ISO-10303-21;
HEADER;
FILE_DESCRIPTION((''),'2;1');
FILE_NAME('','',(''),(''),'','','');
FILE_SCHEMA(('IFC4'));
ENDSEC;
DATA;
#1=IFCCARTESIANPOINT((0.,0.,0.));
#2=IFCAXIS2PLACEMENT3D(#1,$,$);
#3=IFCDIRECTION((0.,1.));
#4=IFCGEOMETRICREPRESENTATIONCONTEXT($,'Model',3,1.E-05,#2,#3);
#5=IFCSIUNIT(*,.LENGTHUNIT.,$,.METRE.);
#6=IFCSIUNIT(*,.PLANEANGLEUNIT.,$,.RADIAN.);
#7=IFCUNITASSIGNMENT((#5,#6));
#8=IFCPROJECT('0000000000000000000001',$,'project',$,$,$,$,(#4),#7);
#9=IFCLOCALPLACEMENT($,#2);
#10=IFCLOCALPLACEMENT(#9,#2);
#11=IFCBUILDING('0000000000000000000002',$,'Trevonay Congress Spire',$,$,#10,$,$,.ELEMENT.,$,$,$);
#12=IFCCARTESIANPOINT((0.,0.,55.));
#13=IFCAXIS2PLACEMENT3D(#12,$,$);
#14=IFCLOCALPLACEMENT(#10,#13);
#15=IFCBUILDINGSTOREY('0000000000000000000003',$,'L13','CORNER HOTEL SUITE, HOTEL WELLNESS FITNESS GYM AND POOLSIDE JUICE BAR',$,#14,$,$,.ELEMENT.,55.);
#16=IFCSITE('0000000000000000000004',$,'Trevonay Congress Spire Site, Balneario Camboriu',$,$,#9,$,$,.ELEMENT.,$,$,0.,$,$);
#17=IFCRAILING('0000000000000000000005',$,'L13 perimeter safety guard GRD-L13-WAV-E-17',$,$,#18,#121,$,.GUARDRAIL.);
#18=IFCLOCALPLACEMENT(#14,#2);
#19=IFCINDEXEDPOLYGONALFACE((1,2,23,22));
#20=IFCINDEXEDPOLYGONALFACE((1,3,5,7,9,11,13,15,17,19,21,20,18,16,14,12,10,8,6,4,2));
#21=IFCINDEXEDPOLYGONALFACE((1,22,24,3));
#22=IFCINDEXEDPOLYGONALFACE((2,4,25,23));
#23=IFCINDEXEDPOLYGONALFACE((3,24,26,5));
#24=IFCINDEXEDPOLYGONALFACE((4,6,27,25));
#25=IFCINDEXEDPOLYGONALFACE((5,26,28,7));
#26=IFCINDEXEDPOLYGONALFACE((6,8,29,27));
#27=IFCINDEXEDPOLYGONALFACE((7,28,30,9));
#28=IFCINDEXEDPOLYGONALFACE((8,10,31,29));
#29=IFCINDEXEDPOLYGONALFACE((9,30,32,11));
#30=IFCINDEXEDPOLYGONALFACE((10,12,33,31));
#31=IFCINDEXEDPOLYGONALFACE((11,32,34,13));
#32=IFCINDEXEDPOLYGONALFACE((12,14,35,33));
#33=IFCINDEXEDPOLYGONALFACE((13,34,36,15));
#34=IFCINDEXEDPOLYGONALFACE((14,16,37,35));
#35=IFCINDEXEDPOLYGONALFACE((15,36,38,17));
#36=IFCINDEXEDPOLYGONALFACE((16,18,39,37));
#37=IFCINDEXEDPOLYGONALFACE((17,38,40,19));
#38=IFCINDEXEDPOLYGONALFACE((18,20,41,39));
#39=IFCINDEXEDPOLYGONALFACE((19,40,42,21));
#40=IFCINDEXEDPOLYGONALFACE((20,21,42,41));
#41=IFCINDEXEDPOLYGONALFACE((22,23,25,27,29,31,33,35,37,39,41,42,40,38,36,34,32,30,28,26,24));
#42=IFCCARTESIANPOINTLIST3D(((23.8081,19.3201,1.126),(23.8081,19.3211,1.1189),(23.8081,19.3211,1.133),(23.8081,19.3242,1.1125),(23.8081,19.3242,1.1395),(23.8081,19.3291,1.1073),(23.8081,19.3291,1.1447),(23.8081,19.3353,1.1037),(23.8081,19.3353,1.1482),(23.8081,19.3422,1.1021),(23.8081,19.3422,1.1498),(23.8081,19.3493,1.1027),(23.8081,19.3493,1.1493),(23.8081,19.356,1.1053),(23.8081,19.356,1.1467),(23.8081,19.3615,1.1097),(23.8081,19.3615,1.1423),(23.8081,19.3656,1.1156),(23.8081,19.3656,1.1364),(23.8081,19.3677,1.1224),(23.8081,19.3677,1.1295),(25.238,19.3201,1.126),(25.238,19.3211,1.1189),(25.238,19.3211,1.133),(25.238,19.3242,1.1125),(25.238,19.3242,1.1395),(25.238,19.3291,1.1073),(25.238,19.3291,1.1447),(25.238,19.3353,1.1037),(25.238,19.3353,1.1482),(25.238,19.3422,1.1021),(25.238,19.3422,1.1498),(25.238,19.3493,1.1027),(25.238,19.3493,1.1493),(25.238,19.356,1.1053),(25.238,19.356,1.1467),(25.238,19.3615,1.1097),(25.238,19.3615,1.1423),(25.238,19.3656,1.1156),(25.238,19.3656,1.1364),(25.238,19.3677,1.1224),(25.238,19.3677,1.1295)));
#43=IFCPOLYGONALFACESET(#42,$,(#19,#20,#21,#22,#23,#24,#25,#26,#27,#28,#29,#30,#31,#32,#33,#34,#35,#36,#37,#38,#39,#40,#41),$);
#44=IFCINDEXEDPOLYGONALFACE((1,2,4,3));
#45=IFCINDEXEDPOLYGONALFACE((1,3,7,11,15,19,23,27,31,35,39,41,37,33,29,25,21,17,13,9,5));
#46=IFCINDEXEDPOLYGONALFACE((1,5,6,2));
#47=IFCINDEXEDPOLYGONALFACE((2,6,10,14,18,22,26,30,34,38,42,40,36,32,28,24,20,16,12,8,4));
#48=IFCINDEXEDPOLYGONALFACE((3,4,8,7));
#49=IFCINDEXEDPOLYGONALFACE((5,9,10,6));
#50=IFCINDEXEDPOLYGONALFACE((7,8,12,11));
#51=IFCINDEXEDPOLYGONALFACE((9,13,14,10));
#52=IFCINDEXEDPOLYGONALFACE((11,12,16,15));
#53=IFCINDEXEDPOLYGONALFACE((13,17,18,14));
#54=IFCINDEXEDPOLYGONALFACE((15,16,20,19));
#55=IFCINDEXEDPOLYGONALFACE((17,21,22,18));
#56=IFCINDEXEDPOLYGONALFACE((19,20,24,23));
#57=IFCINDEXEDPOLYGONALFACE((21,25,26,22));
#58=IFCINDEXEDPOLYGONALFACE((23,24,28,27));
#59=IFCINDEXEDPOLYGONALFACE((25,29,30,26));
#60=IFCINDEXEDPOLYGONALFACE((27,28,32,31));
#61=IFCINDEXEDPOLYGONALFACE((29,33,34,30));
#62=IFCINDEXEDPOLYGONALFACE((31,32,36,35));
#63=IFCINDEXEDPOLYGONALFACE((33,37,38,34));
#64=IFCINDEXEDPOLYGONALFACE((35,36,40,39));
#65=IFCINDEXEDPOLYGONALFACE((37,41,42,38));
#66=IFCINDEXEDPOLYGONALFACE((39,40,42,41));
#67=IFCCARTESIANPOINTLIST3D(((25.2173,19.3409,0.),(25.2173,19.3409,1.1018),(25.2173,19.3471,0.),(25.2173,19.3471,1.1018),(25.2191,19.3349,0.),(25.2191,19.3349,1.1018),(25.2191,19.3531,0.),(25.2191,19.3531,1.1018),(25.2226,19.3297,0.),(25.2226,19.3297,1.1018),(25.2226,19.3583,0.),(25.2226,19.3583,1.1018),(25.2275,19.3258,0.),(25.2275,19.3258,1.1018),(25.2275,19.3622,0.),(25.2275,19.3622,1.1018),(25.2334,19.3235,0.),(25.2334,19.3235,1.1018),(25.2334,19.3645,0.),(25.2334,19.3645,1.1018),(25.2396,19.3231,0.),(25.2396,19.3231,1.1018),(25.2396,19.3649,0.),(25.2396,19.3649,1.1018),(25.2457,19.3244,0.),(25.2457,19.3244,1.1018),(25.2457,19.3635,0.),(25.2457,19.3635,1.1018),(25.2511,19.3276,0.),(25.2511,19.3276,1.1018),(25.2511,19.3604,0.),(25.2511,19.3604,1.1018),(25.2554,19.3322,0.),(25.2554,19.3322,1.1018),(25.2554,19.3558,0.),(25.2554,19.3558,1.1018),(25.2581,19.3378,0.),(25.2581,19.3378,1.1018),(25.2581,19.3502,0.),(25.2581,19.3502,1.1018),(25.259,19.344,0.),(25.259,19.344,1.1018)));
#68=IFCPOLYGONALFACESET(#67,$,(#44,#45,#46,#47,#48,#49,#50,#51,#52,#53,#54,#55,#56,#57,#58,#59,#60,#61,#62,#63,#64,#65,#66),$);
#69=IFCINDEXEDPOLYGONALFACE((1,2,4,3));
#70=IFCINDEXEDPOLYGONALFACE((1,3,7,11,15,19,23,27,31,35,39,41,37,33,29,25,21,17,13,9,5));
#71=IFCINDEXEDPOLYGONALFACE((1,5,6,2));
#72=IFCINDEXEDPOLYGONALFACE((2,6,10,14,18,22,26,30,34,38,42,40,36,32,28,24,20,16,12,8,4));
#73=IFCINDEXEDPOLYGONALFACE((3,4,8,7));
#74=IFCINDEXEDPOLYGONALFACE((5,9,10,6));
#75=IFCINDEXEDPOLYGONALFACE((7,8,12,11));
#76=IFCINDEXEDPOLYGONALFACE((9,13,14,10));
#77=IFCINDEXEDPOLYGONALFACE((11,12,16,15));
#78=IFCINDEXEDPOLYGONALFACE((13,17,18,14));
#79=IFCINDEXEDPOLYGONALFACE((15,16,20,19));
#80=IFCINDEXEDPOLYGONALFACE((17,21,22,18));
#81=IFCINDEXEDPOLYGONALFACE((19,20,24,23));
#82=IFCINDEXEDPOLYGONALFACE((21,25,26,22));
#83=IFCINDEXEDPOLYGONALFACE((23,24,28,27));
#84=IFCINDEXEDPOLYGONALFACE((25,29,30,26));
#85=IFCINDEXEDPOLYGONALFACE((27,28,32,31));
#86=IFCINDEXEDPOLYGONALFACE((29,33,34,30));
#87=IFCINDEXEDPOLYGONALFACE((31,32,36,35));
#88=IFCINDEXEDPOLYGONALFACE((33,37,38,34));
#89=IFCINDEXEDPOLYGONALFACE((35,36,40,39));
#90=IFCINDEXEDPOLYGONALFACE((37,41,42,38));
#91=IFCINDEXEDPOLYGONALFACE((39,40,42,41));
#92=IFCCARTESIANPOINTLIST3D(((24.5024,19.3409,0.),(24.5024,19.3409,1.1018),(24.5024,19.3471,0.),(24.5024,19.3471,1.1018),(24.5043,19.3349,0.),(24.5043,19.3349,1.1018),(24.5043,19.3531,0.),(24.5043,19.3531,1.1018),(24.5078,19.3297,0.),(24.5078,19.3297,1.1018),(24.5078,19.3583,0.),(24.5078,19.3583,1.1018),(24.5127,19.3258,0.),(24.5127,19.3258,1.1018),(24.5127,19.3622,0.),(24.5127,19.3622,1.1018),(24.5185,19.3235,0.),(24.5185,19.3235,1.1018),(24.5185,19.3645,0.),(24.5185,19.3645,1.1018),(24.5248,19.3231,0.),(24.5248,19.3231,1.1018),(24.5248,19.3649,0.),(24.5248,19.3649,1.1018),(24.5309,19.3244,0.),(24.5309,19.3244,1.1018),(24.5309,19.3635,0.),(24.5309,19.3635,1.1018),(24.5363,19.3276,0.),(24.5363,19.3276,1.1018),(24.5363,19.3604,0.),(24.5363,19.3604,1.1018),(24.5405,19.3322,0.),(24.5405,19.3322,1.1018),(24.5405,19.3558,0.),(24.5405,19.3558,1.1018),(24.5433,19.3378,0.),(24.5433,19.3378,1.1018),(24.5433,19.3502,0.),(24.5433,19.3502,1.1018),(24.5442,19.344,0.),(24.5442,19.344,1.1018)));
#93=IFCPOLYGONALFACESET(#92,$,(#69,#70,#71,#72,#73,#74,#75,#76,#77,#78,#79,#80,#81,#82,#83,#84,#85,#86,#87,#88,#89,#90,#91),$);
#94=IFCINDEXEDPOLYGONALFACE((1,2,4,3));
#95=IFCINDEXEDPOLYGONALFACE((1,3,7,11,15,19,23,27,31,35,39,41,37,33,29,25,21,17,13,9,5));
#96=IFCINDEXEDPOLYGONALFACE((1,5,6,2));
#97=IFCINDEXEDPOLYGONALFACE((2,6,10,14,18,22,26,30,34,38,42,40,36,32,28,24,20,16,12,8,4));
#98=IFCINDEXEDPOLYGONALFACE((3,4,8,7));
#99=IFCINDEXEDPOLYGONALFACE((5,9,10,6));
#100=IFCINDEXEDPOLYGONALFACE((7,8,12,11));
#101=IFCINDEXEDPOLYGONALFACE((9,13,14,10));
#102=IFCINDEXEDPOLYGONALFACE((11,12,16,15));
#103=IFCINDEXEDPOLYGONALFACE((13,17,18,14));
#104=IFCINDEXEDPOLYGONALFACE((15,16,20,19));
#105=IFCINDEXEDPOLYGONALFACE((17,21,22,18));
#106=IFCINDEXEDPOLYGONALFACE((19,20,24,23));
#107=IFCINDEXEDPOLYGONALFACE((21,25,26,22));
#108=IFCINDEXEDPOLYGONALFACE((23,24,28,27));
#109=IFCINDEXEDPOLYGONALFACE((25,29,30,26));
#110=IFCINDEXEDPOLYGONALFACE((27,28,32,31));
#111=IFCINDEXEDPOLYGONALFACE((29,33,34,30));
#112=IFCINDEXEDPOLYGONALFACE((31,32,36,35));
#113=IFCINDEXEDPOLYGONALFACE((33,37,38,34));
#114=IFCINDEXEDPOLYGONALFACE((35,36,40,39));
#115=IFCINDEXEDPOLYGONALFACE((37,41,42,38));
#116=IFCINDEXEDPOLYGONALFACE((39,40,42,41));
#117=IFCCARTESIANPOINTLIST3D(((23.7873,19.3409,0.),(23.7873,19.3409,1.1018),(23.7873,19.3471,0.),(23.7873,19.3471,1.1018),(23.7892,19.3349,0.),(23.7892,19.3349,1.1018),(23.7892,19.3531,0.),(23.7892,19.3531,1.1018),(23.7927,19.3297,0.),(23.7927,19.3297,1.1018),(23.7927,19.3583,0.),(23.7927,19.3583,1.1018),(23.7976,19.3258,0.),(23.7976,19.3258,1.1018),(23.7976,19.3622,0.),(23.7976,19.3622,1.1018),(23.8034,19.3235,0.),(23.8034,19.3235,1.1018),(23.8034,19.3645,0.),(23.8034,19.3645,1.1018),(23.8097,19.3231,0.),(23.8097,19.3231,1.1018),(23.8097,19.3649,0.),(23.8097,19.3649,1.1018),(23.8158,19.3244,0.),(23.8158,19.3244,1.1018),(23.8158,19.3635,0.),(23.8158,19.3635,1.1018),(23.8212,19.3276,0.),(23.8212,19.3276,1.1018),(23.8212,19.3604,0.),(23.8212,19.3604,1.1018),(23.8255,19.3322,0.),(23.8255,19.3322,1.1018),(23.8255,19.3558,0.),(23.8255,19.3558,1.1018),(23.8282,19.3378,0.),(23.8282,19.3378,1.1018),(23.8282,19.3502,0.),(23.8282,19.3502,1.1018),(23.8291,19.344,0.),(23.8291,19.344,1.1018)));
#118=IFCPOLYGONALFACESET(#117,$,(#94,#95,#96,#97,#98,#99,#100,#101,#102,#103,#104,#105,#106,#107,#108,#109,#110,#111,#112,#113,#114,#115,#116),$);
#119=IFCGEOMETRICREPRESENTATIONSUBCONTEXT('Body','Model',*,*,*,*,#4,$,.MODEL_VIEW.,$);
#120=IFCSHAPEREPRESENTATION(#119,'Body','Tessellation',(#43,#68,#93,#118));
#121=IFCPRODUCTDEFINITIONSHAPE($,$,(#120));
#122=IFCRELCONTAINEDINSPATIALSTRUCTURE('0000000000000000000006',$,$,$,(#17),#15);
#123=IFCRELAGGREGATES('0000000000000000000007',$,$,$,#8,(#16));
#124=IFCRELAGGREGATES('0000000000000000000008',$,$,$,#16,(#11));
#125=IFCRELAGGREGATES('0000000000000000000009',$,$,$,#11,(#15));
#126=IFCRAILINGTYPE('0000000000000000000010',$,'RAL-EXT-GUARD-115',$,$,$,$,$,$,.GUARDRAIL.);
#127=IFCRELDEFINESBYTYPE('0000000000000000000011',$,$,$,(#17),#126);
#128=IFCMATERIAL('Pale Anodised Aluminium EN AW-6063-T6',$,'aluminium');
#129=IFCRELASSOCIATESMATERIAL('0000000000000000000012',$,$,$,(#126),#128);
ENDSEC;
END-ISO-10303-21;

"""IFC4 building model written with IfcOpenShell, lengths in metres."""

from ifc_helpers import new_model, si_unit, direction, frame, origin, origin_2d, place, context, subcontext, project, spatial, circle, extrude, material, type_object, element, save


model = new_model("IFC4")

# Units and contexts
model_context = context("Model", 3, precision=1e-05, world=origin(), true_north=direction((0.0, 1.0)))
body_context = subcontext(model_context, "Body", "Model", "MODEL_VIEW")
ifc_project = project(units=[si_unit("LENGTHUNIT", "METRE"), si_unit("PLANEANGLEUNIT", "RADIAN")], contexts=[model_context])

# Site, building, storey
site_placement = place(None, origin())
site = spatial("IfcSite", under=ifc_project, at=site_placement, Name="Trevonay Congress Spire Site, Balneario Camboriu", CompositionType="ELEMENT", RefElevation=0.0)
building_placement = place(site_placement, origin())
building = spatial("IfcBuilding", under=site, at=building_placement, Name="Trevonay Congress Spire", CompositionType="ELEMENT")
storey_placement = place(building_placement, frame((0.0, 0.0, 55.0)))
storey = spatial("IfcBuildingStorey", under=building, at=storey_placement, Name="L13", Description="CORNER HOTEL SUITE, HOTEL WELLNESS FITNESS GYM AND POOLSIDE JUICE BAR", CompositionType="ELEMENT", Elevation=55.0)

# Shared definitions
ifc_material_1 = material(Name="Pale Anodised Aluminium EN AW-6063-T6", Category="aluminium")

# Railing
railing_type = type_object("IfcRailingType", Name="RAL-EXT-GUARD-115", PredefinedType="GUARDRAIL", material=ifc_material_1)
railing_1_placement = place(storey_placement, frame((25.238, 19.344, 0.0)))
element("IfcRailing", 1, at=railing_1_placement, inside=storey, type_object=railing_type, Name="L13 perimeter safety guard GRD-L13-WAV-E-17", PredefinedType="GUARDRAIL", context=body_context, shape_type="SweptSolid", body=[
    extrude(circle(Radius=0.0239, at=origin_2d()), frame((0.0, 0.0, 1.126), z_axis=(-1.0, 0.0, 0.0), x_axis=(0.0, -1.0, 0.0)), (0.0, 0.0, 1.0), 1.4299),
    extrude(circle(Radius=0.021, at=origin_2d()), origin(), (0.0, 0.0, 1.0), 1.1018),
    extrude(circle(Radius=0.021, at=origin_2d()), frame((-0.7148, 0.0, 0.0)), (0.0, 0.0, 1.0), 1.1018),
    extrude(circle(Radius=0.021, at=origin_2d()), frame((-1.4299, 0.0, 0.0)), (0.0, 0.0, 1.0), 1.1018),
])

save(model, "model.ifc")
